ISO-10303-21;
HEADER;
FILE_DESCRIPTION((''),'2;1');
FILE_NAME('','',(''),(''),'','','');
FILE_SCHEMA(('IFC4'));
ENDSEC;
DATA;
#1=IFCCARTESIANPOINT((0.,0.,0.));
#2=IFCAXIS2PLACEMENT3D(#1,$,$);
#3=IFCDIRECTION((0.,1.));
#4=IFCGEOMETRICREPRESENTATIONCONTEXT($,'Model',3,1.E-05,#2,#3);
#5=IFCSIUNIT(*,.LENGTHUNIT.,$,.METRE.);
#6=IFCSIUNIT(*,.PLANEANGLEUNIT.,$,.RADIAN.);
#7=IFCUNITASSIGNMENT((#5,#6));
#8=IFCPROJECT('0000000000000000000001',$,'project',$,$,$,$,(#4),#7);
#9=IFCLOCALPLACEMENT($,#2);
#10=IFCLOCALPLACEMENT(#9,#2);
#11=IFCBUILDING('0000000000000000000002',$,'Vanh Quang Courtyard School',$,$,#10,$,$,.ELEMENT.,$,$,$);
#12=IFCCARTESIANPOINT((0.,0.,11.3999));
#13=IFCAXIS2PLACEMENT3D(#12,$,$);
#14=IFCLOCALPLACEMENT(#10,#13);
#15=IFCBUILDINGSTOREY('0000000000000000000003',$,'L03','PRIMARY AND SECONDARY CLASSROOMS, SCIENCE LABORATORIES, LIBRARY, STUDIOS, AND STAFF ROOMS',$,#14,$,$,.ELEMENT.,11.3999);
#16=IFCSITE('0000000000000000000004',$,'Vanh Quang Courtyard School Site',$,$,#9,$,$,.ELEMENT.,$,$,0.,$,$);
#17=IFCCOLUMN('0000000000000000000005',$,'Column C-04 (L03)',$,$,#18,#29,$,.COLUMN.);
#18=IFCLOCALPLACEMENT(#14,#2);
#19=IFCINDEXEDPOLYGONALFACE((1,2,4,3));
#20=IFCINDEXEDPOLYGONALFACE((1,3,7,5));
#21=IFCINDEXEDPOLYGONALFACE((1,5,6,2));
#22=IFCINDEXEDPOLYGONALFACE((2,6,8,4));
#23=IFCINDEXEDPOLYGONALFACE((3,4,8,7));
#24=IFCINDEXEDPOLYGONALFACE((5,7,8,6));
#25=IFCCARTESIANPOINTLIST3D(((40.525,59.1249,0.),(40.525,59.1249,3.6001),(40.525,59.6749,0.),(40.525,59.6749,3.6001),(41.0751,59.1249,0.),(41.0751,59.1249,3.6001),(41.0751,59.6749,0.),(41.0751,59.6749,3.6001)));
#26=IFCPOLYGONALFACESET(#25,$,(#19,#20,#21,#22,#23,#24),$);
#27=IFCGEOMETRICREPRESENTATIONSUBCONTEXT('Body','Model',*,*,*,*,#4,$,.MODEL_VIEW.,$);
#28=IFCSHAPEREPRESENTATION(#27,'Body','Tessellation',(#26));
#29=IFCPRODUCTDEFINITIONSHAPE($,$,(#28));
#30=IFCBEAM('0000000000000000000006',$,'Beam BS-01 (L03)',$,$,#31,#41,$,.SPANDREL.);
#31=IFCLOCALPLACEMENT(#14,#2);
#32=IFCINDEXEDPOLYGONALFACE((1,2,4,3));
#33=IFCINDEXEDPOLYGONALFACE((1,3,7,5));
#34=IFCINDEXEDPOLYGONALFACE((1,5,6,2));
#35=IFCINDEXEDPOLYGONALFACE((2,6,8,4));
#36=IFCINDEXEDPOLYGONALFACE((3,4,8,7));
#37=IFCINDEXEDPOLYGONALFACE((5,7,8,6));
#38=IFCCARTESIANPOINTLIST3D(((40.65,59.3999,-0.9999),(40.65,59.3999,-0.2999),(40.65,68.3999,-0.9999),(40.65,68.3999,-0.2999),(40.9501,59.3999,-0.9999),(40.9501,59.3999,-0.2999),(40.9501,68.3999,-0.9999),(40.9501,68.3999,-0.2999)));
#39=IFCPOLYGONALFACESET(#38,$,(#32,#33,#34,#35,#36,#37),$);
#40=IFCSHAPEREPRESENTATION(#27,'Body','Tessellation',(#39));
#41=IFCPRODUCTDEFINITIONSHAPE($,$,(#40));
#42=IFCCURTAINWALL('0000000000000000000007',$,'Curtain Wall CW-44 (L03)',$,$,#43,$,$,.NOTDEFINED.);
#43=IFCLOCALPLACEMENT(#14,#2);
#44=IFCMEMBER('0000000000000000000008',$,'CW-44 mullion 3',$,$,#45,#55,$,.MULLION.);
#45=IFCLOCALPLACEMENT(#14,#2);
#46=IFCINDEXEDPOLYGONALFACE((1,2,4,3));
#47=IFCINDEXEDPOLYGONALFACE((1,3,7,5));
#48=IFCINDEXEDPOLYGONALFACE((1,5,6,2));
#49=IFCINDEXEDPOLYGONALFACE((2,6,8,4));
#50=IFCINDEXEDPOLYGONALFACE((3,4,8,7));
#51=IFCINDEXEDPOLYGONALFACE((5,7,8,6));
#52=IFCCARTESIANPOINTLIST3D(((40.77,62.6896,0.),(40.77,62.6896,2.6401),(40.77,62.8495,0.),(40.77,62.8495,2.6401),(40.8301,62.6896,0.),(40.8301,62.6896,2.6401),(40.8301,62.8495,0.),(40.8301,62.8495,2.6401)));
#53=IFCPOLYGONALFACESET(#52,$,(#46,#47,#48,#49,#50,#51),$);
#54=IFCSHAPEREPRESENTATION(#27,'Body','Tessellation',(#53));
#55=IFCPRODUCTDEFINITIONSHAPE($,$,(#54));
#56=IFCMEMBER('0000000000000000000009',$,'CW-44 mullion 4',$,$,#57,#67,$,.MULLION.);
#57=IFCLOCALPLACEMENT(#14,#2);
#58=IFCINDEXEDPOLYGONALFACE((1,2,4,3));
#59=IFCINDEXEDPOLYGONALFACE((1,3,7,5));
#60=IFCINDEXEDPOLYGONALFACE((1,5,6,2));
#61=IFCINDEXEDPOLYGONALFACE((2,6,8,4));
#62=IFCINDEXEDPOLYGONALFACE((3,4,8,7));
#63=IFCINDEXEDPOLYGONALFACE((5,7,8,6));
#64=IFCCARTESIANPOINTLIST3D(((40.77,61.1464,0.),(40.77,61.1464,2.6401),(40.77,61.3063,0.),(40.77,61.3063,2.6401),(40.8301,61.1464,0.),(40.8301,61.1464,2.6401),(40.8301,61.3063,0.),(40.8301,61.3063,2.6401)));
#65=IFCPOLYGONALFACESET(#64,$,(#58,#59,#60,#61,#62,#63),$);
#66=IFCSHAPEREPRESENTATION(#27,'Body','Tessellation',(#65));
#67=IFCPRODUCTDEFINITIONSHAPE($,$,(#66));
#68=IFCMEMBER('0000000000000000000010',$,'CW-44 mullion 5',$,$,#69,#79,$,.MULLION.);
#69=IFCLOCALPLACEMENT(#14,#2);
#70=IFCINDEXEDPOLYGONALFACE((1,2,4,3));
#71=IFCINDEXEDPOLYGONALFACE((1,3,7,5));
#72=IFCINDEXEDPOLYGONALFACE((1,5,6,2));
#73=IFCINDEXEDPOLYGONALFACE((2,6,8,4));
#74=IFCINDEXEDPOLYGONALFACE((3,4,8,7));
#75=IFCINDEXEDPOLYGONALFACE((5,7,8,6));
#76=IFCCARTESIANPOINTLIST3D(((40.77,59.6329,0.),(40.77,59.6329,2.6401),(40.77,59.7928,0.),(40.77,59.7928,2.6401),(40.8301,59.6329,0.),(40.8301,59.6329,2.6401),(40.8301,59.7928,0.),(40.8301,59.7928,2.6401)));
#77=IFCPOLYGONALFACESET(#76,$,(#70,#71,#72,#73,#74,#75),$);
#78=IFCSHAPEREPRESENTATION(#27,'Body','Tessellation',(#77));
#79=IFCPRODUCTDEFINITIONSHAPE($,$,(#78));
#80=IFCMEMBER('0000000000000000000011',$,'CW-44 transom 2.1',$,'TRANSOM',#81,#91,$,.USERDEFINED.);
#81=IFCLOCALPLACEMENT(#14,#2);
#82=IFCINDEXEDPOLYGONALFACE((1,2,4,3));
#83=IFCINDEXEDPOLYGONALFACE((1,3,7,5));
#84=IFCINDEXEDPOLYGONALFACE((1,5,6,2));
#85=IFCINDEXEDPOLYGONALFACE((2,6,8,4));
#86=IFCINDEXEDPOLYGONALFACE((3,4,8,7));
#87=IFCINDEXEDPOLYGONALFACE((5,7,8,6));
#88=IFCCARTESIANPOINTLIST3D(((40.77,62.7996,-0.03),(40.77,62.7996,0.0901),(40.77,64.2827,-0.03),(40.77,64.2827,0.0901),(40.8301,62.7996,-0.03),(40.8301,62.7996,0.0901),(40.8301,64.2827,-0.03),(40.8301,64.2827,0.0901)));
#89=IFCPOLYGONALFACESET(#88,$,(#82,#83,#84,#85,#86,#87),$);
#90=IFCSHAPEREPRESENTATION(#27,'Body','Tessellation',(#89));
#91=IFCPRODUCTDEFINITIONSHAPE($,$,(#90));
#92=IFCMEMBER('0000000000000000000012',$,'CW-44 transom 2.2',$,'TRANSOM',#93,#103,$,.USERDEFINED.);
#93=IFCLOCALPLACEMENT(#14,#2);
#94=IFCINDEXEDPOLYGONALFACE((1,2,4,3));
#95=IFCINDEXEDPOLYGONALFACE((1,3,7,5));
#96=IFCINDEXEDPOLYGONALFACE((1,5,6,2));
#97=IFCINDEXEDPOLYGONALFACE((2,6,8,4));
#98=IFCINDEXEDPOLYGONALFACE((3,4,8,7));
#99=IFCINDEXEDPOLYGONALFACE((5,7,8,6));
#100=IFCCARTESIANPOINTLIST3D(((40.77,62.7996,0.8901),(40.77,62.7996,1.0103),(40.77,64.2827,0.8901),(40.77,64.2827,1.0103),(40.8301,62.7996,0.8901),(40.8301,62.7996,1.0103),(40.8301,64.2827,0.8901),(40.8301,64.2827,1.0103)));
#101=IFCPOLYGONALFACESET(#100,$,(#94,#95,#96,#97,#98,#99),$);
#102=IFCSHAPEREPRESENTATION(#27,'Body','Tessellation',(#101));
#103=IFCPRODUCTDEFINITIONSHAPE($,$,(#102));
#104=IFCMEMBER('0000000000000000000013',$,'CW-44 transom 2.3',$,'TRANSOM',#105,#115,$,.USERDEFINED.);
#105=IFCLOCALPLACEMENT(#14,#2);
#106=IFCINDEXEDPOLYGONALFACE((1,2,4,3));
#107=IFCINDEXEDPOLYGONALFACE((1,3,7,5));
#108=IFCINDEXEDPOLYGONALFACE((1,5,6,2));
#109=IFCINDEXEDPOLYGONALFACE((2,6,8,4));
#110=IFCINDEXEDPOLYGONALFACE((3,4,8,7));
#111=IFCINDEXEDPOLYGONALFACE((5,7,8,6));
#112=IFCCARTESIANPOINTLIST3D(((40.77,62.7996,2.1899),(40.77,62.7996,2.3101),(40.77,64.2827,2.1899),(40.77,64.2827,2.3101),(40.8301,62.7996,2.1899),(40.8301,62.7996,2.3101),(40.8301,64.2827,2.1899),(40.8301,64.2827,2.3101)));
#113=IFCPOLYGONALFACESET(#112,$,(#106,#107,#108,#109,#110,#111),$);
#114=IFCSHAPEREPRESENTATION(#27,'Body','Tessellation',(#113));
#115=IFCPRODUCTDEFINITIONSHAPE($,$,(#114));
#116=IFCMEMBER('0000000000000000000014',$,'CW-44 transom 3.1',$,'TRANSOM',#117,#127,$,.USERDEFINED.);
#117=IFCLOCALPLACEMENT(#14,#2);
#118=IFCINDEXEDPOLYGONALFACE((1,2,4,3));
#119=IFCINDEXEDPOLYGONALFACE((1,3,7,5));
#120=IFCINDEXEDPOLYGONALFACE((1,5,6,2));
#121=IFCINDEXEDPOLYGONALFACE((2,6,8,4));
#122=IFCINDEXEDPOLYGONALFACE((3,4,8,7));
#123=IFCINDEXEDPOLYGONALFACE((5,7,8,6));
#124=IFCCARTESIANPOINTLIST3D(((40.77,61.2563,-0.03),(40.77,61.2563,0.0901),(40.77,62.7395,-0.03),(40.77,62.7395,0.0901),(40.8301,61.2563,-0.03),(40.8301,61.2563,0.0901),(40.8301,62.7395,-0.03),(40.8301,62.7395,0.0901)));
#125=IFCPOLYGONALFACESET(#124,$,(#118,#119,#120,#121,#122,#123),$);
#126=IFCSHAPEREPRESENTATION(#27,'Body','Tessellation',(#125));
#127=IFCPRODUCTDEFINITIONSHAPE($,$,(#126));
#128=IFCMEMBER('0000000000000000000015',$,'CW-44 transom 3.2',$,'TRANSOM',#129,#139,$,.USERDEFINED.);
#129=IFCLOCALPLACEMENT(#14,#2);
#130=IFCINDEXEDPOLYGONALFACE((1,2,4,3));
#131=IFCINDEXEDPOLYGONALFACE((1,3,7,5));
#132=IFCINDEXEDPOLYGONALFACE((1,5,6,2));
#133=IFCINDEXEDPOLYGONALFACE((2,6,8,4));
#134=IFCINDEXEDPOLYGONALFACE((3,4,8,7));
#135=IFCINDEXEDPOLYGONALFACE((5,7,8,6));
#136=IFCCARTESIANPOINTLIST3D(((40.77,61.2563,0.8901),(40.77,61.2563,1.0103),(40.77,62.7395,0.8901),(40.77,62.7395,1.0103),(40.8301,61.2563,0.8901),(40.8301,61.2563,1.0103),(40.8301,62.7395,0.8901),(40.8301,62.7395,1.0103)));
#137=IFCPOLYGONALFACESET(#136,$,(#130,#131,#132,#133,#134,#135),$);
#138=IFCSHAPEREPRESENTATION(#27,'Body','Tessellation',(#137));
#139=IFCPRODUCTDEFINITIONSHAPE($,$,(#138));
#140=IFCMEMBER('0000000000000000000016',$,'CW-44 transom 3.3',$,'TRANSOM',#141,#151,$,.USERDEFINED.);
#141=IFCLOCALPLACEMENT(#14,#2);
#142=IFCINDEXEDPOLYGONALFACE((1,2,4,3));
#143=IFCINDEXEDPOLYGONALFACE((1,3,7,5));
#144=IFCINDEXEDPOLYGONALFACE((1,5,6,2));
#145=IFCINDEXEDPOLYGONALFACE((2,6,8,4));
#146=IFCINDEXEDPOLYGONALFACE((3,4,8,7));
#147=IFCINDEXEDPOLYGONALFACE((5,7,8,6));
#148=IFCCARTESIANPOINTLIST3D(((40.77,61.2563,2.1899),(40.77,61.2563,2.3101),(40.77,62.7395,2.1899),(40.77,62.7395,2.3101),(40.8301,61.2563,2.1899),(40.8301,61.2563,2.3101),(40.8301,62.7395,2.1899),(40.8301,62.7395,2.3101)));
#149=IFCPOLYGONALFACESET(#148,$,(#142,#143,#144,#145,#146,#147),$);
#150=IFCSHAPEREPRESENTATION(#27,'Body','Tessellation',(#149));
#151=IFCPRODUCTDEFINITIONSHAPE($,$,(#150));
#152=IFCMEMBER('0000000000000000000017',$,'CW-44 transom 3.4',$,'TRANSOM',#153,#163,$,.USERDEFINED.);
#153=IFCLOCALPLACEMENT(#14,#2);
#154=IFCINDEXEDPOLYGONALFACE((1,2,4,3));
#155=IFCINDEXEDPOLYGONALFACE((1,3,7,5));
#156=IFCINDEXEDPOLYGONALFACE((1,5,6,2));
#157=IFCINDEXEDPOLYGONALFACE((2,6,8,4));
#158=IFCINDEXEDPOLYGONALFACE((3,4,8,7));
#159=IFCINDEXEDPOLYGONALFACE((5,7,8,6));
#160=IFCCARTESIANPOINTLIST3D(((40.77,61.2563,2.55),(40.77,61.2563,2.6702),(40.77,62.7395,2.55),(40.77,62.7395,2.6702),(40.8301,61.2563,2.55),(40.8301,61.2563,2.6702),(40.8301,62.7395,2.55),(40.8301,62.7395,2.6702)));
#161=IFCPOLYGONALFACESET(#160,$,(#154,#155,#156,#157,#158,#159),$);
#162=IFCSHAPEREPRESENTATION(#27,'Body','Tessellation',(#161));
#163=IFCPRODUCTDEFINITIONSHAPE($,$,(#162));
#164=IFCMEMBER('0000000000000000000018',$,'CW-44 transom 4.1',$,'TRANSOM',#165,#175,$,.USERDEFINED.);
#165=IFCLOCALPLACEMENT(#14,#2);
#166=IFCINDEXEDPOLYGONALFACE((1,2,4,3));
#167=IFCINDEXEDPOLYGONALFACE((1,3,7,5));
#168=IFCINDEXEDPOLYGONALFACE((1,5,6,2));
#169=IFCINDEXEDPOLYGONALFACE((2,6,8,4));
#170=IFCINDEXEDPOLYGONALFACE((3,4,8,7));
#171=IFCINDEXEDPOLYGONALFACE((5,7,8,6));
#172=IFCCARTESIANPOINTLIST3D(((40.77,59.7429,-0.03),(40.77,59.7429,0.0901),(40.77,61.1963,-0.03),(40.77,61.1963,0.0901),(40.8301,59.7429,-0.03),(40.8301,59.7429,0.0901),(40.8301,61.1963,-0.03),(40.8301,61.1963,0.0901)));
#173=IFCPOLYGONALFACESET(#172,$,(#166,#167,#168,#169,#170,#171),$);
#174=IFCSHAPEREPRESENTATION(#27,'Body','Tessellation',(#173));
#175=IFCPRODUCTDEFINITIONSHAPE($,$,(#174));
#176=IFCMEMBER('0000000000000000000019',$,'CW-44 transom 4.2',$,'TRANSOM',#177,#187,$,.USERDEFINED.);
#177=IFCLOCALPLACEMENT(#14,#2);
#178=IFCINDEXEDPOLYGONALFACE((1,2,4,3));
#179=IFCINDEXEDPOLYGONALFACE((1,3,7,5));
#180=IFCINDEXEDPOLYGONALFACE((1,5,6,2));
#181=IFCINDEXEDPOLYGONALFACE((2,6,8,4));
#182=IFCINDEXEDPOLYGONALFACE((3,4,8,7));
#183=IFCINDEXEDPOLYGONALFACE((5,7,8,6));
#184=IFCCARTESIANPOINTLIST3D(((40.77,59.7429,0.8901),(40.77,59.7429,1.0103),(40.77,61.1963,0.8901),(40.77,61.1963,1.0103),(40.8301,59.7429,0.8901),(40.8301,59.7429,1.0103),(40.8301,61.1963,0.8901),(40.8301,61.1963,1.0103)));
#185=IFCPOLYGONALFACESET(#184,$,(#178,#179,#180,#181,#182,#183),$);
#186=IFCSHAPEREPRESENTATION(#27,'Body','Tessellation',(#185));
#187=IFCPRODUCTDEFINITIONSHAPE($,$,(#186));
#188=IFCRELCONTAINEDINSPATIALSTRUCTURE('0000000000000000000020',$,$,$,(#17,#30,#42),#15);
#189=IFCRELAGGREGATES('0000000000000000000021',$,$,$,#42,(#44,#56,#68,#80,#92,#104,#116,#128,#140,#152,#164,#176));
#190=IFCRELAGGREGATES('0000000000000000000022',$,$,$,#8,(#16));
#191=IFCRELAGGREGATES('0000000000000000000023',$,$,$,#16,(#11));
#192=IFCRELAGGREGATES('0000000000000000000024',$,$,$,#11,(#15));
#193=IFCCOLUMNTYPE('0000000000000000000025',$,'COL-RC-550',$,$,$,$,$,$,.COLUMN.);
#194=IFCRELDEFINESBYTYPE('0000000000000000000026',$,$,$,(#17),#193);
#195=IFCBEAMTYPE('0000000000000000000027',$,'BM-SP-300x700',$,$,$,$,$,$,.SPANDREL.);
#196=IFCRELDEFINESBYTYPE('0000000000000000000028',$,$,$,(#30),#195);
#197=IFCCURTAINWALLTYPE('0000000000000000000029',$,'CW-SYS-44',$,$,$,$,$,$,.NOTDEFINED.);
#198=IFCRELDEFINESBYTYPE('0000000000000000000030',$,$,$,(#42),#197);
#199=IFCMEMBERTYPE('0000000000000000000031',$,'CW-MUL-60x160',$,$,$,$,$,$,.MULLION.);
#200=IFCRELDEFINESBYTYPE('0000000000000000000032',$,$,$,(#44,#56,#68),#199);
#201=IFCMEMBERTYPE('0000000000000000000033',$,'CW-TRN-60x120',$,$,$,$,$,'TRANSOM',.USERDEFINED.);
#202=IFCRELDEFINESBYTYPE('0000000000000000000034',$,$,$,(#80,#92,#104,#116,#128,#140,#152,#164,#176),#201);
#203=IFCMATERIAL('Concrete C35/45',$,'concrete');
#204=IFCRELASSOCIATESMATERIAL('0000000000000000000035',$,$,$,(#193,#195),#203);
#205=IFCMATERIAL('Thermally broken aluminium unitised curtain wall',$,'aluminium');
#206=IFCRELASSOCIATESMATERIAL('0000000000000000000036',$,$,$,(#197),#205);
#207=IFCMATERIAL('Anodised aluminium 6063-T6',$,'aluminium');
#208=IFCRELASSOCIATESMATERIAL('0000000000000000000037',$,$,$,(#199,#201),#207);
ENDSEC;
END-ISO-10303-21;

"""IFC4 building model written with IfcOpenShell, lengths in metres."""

from ifc_helpers import new_model, si_unit, direction, frame, origin, origin_2d, place, context, subcontext, project, spatial, rectangle, extrude, material, material_profile, profile_set, type_object, element, aggregate, save


model = new_model("IFC4")

# Units and contexts
model_context = context("Model", 3, precision=1e-05, world=origin(), true_north=direction((0.0, 1.0)))
body_context = subcontext(model_context, "Body", "Model", "MODEL_VIEW")
ifc_project = project(units=[si_unit("LENGTHUNIT", "METRE"), si_unit("PLANEANGLEUNIT", "RADIAN")], contexts=[model_context])

# Site, building, storey
site_placement = place(None, origin())
site = spatial("IfcSite", under=ifc_project, at=site_placement, Name="Vanh Quang Courtyard School Site", CompositionType="ELEMENT", RefElevation=0.0)
building_placement = place(site_placement, origin())
building = spatial("IfcBuilding", under=site, at=building_placement, Name="Vanh Quang Courtyard School", CompositionType="ELEMENT")
storey_placement = place(building_placement, frame((0.0, 0.0, 11.3999)))
storey = spatial("IfcBuildingStorey", under=building, at=storey_placement, Name="L03", Description="PRIMARY AND SECONDARY CLASSROOMS, SCIENCE LABORATORIES, LIBRARY, STUDIOS, AND STAFF ROOMS", CompositionType="ELEMENT", Elevation=11.3999)

# Column
ifc_material_1 = material(Name="Concrete C35/45", Category="concrete")
ifc_material_profile_1 = material_profile(ifc_material_1, rectangle(XDim=0.55, YDim=0.55, at=origin_2d()), Name="RC-COL 550x550")
ifc_profile_set_1 = profile_set([ifc_material_profile_1], Name="Concrete C35/45")
column_type = type_object("IfcColumnType", Name="COL-RC-550", PredefinedType="COLUMN", material=ifc_profile_set_1)
column_placement = place(storey_placement, frame((40.8, 59.3999, 0.0), z_axis=(0.0, 0.0, 1.0), x_axis=(1.0, 0.0, 0.0)))
element("IfcColumn", 1, at=column_placement, inside=storey, type_object=column_type, Name="Column C-04 (L03)", PredefinedType="COLUMN", context=body_context, shape_type="SweptSolid", body=[
    extrude(rectangle(XDim=0.55, YDim=0.55, at=origin_2d()), origin(), (0.0, 0.0, 1.0), 3.6001),
])

# Beam
ifc_material_profile_2 = material_profile(ifc_material_1, rectangle(XDim=0.3, YDim=0.7, at=origin_2d()), Name="RC-SP 300x700")
ifc_profile_set_2 = profile_set([ifc_material_profile_2], Name="Concrete C35/45")
beam_type = type_object("IfcBeamType", Name="BM-SP-300x700", PredefinedType="SPANDREL", material=ifc_profile_set_2)
beam_placement = place(storey_placement, frame((40.8, 59.3999, -0.6499), z_axis=(0.0, 1.0, 0.0), x_axis=(-1.0, 0.0, 0.0)))
element("IfcBeam", 2, at=beam_placement, inside=storey, type_object=beam_type, Name="Beam BS-01 (L03)", PredefinedType="SPANDREL", context=body_context, shape_type="SweptSolid", body=[
    extrude(rectangle(XDim=0.3, YDim=0.7, at=origin_2d()), origin(), (0.0, 0.0, 1.0), 9.0),
])

# Curtain wall, members
ifc_material_2 = material(Name="Thermally broken aluminium unitised curtain wall", Category="aluminium")
curtain_wall_type = type_object("IfcCurtainWallType", Name="CW-SYS-44", PredefinedType="NOTDEFINED", material=ifc_material_2)
curtain_wall_placement = place(storey_placement, origin())
curtain_wall = element("IfcCurtainWall", 3, at=curtain_wall_placement, inside=storey, type_object=curtain_wall_type, Name="Curtain Wall CW-44 (L03)", PredefinedType="NOTDEFINED")
ifc_material_3 = material(Name="Anodised aluminium 6063-T6", Category="aluminium")
ifc_material_profile_3 = material_profile(ifc_material_3, rectangle(XDim=0.0601, YDim=0.1599, at=origin_2d()), Name="ALU-MUL 60x160")
ifc_profile_set_3 = profile_set([ifc_material_profile_3], Name="Anodised aluminium 6063-T6")
member_type_1 = type_object("IfcMemberType", Name="CW-MUL-60x160", PredefinedType="MULLION", material=ifc_profile_set_3)
member_1_placement = place(storey_placement, frame((40.8, 62.7695, 0.0), z_axis=(0.0, 0.0, 1.0), x_axis=(1.0, 0.0, 0.0)))
member_1 = element("IfcMember", 4, at=member_1_placement, type_object=member_type_1, Name="CW-44 mullion 3", PredefinedType="MULLION", context=body_context, shape_type="SweptSolid", body=[
    extrude(rectangle(XDim=0.0601, YDim=0.1599, at=origin_2d()), origin(), (0.0, 0.0, 1.0), 2.6401),
])
member_2_placement = place(storey_placement, frame((40.8, 61.2263, 0.0), z_axis=(0.0, 0.0, 1.0), x_axis=(1.0, 0.0, 0.0)))
member_2 = element("IfcMember", 5, at=member_2_placement, type_object=member_type_1, Name="CW-44 mullion 4", PredefinedType="MULLION", context=body_context, shape_type="SweptSolid", body=[
    extrude(rectangle(XDim=0.0601, YDim=0.1599, at=origin_2d()), origin(), (0.0, 0.0, 1.0), 2.6401),
])
member_3_placement = place(storey_placement, frame((40.8, 59.7129, 0.0), z_axis=(0.0, 0.0, 1.0), x_axis=(1.0, 0.0, 0.0)))
member_3 = element("IfcMember", 6, at=member_3_placement, type_object=member_type_1, Name="CW-44 mullion 5", PredefinedType="MULLION", context=body_context, shape_type="SweptSolid", body=[
    extrude(rectangle(XDim=0.0601, YDim=0.1599, at=origin_2d()), origin(), (0.0, 0.0, 1.0), 2.6401),
])
ifc_material_profile_4 = material_profile(ifc_material_3, rectangle(XDim=0.0601, YDim=0.1201, at=origin_2d()), Name="ALU-TRN 60x120")
ifc_profile_set_4 = profile_set([ifc_material_profile_4], Name="Anodised aluminium 6063-T6")
member_type_2 = type_object("IfcMemberType", Name="CW-TRN-60x120", ElementType="TRANSOM", PredefinedType="USERDEFINED", material=ifc_profile_set_4)
member_4_placement = place(storey_placement, frame((40.8, 64.2827, 0.03), z_axis=(0.0, -1.0, 0.0), x_axis=(1.0, 0.0, 0.0)))
member_4 = element("IfcMember", 7, at=member_4_placement, type_object=member_type_2, Name="CW-44 transom 2.1", ObjectType="TRANSOM", PredefinedType="USERDEFINED", context=body_context, shape_type="SweptSolid", body=[
    extrude(rectangle(XDim=0.0601, YDim=0.1201, at=origin_2d()), origin(), (0.0, 0.0, 1.0), 1.4832),
])
member_5_placement = place(storey_placement, frame((40.8, 64.2827, 0.9502), z_axis=(0.0, -1.0, 0.0), x_axis=(1.0, 0.0, 0.0)))
member_5 = element("IfcMember", 8, at=member_5_placement, type_object=member_type_2, Name="CW-44 transom 2.2", ObjectType="TRANSOM", PredefinedType="USERDEFINED", context=body_context, shape_type="SweptSolid", body=[
    extrude(rectangle(XDim=0.0601, YDim=0.1201, at=origin_2d()), origin(), (0.0, 0.0, 1.0), 1.4832),
])
member_6_placement = place(storey_placement, frame((40.8, 64.2827, 2.25), z_axis=(0.0, -1.0, 0.0), x_axis=(1.0, 0.0, 0.0)))
member_6 = element("IfcMember", 9, at=member_6_placement, type_object=member_type_2, Name="CW-44 transom 2.3", ObjectType="TRANSOM", PredefinedType="USERDEFINED", context=body_context, shape_type="SweptSolid", body=[
    extrude(rectangle(XDim=0.0601, YDim=0.1201, at=origin_2d()), origin(), (0.0, 0.0, 1.0), 1.4832),
])
member_7_placement = place(storey_placement, frame((40.8, 62.7395, 0.03), z_axis=(0.0, -1.0, 0.0), x_axis=(1.0, 0.0, 0.0)))
member_7 = element("IfcMember", 10, at=member_7_placement, type_object=member_type_2, Name="CW-44 transom 3.1", ObjectType="TRANSOM", PredefinedType="USERDEFINED", context=body_context, shape_type="SweptSolid", body=[
    extrude(rectangle(XDim=0.0601, YDim=0.1201, at=origin_2d()), origin(), (0.0, 0.0, 1.0), 1.4832),
])
member_8_placement = place(storey_placement, frame((40.8, 62.7395, 0.9502), z_axis=(0.0, -1.0, 0.0), x_axis=(1.0, 0.0, 0.0)))
member_8 = element("IfcMember", 11, at=member_8_placement, type_object=member_type_2, Name="CW-44 transom 3.2", ObjectType="TRANSOM", PredefinedType="USERDEFINED", context=body_context, shape_type="SweptSolid", body=[
    extrude(rectangle(XDim=0.0601, YDim=0.1201, at=origin_2d()), origin(), (0.0, 0.0, 1.0), 1.4832),
])
member_9_placement = place(storey_placement, frame((40.8, 62.7395, 2.25), z_axis=(0.0, -1.0, 0.0), x_axis=(1.0, 0.0, 0.0)))
member_9 = element("IfcMember", 12, at=member_9_placement, type_object=member_type_2, Name="CW-44 transom 3.3", ObjectType="TRANSOM", PredefinedType="USERDEFINED", context=body_context, shape_type="SweptSolid", body=[
    extrude(rectangle(XDim=0.0601, YDim=0.1201, at=origin_2d()), origin(), (0.0, 0.0, 1.0), 1.4832),
])
member_10_placement = place(storey_placement, frame((40.8, 62.7395, 2.6101), z_axis=(0.0, -1.0, 0.0), x_axis=(1.0, 0.0, 0.0)))
member_10 = element("IfcMember", 13, at=member_10_placement, type_object=member_type_2, Name="CW-44 transom 3.4", ObjectType="TRANSOM", PredefinedType="USERDEFINED", context=body_context, shape_type="SweptSolid", body=[
    extrude(rectangle(XDim=0.0601, YDim=0.1201, at=origin_2d()), origin(), (0.0, 0.0, 1.0), 1.4832),
])
member_11_placement = place(storey_placement, frame((40.8, 61.1963, 0.03), z_axis=(0.0, -1.0, 0.0), x_axis=(1.0, 0.0, 0.0)))
member_11 = element("IfcMember", 14, at=member_11_placement, type_object=member_type_2, Name="CW-44 transom 4.1", ObjectType="TRANSOM", PredefinedType="USERDEFINED", context=body_context, shape_type="SweptSolid", body=[
    extrude(rectangle(XDim=0.0601, YDim=0.1201, at=origin_2d()), origin(), (0.0, 0.0, 1.0), 1.4534),
])
member_12_placement = place(storey_placement, frame((40.8, 61.1963, 0.9502), z_axis=(0.0, -1.0, 0.0), x_axis=(1.0, 0.0, 0.0)))
member_12 = element("IfcMember", 15, at=member_12_placement, type_object=member_type_2, Name="CW-44 transom 4.2", ObjectType="TRANSOM", PredefinedType="USERDEFINED", context=body_context, shape_type="SweptSolid", body=[
    extrude(rectangle(XDim=0.0601, YDim=0.1201, at=origin_2d()), origin(), (0.0, 0.0, 1.0), 1.4534),
])
aggregate(curtain_wall, [member_1, member_2, member_3, member_4, member_5, member_6, member_7, member_8, member_9, member_10, member_11, member_12])

save(model, "model.ifc")
